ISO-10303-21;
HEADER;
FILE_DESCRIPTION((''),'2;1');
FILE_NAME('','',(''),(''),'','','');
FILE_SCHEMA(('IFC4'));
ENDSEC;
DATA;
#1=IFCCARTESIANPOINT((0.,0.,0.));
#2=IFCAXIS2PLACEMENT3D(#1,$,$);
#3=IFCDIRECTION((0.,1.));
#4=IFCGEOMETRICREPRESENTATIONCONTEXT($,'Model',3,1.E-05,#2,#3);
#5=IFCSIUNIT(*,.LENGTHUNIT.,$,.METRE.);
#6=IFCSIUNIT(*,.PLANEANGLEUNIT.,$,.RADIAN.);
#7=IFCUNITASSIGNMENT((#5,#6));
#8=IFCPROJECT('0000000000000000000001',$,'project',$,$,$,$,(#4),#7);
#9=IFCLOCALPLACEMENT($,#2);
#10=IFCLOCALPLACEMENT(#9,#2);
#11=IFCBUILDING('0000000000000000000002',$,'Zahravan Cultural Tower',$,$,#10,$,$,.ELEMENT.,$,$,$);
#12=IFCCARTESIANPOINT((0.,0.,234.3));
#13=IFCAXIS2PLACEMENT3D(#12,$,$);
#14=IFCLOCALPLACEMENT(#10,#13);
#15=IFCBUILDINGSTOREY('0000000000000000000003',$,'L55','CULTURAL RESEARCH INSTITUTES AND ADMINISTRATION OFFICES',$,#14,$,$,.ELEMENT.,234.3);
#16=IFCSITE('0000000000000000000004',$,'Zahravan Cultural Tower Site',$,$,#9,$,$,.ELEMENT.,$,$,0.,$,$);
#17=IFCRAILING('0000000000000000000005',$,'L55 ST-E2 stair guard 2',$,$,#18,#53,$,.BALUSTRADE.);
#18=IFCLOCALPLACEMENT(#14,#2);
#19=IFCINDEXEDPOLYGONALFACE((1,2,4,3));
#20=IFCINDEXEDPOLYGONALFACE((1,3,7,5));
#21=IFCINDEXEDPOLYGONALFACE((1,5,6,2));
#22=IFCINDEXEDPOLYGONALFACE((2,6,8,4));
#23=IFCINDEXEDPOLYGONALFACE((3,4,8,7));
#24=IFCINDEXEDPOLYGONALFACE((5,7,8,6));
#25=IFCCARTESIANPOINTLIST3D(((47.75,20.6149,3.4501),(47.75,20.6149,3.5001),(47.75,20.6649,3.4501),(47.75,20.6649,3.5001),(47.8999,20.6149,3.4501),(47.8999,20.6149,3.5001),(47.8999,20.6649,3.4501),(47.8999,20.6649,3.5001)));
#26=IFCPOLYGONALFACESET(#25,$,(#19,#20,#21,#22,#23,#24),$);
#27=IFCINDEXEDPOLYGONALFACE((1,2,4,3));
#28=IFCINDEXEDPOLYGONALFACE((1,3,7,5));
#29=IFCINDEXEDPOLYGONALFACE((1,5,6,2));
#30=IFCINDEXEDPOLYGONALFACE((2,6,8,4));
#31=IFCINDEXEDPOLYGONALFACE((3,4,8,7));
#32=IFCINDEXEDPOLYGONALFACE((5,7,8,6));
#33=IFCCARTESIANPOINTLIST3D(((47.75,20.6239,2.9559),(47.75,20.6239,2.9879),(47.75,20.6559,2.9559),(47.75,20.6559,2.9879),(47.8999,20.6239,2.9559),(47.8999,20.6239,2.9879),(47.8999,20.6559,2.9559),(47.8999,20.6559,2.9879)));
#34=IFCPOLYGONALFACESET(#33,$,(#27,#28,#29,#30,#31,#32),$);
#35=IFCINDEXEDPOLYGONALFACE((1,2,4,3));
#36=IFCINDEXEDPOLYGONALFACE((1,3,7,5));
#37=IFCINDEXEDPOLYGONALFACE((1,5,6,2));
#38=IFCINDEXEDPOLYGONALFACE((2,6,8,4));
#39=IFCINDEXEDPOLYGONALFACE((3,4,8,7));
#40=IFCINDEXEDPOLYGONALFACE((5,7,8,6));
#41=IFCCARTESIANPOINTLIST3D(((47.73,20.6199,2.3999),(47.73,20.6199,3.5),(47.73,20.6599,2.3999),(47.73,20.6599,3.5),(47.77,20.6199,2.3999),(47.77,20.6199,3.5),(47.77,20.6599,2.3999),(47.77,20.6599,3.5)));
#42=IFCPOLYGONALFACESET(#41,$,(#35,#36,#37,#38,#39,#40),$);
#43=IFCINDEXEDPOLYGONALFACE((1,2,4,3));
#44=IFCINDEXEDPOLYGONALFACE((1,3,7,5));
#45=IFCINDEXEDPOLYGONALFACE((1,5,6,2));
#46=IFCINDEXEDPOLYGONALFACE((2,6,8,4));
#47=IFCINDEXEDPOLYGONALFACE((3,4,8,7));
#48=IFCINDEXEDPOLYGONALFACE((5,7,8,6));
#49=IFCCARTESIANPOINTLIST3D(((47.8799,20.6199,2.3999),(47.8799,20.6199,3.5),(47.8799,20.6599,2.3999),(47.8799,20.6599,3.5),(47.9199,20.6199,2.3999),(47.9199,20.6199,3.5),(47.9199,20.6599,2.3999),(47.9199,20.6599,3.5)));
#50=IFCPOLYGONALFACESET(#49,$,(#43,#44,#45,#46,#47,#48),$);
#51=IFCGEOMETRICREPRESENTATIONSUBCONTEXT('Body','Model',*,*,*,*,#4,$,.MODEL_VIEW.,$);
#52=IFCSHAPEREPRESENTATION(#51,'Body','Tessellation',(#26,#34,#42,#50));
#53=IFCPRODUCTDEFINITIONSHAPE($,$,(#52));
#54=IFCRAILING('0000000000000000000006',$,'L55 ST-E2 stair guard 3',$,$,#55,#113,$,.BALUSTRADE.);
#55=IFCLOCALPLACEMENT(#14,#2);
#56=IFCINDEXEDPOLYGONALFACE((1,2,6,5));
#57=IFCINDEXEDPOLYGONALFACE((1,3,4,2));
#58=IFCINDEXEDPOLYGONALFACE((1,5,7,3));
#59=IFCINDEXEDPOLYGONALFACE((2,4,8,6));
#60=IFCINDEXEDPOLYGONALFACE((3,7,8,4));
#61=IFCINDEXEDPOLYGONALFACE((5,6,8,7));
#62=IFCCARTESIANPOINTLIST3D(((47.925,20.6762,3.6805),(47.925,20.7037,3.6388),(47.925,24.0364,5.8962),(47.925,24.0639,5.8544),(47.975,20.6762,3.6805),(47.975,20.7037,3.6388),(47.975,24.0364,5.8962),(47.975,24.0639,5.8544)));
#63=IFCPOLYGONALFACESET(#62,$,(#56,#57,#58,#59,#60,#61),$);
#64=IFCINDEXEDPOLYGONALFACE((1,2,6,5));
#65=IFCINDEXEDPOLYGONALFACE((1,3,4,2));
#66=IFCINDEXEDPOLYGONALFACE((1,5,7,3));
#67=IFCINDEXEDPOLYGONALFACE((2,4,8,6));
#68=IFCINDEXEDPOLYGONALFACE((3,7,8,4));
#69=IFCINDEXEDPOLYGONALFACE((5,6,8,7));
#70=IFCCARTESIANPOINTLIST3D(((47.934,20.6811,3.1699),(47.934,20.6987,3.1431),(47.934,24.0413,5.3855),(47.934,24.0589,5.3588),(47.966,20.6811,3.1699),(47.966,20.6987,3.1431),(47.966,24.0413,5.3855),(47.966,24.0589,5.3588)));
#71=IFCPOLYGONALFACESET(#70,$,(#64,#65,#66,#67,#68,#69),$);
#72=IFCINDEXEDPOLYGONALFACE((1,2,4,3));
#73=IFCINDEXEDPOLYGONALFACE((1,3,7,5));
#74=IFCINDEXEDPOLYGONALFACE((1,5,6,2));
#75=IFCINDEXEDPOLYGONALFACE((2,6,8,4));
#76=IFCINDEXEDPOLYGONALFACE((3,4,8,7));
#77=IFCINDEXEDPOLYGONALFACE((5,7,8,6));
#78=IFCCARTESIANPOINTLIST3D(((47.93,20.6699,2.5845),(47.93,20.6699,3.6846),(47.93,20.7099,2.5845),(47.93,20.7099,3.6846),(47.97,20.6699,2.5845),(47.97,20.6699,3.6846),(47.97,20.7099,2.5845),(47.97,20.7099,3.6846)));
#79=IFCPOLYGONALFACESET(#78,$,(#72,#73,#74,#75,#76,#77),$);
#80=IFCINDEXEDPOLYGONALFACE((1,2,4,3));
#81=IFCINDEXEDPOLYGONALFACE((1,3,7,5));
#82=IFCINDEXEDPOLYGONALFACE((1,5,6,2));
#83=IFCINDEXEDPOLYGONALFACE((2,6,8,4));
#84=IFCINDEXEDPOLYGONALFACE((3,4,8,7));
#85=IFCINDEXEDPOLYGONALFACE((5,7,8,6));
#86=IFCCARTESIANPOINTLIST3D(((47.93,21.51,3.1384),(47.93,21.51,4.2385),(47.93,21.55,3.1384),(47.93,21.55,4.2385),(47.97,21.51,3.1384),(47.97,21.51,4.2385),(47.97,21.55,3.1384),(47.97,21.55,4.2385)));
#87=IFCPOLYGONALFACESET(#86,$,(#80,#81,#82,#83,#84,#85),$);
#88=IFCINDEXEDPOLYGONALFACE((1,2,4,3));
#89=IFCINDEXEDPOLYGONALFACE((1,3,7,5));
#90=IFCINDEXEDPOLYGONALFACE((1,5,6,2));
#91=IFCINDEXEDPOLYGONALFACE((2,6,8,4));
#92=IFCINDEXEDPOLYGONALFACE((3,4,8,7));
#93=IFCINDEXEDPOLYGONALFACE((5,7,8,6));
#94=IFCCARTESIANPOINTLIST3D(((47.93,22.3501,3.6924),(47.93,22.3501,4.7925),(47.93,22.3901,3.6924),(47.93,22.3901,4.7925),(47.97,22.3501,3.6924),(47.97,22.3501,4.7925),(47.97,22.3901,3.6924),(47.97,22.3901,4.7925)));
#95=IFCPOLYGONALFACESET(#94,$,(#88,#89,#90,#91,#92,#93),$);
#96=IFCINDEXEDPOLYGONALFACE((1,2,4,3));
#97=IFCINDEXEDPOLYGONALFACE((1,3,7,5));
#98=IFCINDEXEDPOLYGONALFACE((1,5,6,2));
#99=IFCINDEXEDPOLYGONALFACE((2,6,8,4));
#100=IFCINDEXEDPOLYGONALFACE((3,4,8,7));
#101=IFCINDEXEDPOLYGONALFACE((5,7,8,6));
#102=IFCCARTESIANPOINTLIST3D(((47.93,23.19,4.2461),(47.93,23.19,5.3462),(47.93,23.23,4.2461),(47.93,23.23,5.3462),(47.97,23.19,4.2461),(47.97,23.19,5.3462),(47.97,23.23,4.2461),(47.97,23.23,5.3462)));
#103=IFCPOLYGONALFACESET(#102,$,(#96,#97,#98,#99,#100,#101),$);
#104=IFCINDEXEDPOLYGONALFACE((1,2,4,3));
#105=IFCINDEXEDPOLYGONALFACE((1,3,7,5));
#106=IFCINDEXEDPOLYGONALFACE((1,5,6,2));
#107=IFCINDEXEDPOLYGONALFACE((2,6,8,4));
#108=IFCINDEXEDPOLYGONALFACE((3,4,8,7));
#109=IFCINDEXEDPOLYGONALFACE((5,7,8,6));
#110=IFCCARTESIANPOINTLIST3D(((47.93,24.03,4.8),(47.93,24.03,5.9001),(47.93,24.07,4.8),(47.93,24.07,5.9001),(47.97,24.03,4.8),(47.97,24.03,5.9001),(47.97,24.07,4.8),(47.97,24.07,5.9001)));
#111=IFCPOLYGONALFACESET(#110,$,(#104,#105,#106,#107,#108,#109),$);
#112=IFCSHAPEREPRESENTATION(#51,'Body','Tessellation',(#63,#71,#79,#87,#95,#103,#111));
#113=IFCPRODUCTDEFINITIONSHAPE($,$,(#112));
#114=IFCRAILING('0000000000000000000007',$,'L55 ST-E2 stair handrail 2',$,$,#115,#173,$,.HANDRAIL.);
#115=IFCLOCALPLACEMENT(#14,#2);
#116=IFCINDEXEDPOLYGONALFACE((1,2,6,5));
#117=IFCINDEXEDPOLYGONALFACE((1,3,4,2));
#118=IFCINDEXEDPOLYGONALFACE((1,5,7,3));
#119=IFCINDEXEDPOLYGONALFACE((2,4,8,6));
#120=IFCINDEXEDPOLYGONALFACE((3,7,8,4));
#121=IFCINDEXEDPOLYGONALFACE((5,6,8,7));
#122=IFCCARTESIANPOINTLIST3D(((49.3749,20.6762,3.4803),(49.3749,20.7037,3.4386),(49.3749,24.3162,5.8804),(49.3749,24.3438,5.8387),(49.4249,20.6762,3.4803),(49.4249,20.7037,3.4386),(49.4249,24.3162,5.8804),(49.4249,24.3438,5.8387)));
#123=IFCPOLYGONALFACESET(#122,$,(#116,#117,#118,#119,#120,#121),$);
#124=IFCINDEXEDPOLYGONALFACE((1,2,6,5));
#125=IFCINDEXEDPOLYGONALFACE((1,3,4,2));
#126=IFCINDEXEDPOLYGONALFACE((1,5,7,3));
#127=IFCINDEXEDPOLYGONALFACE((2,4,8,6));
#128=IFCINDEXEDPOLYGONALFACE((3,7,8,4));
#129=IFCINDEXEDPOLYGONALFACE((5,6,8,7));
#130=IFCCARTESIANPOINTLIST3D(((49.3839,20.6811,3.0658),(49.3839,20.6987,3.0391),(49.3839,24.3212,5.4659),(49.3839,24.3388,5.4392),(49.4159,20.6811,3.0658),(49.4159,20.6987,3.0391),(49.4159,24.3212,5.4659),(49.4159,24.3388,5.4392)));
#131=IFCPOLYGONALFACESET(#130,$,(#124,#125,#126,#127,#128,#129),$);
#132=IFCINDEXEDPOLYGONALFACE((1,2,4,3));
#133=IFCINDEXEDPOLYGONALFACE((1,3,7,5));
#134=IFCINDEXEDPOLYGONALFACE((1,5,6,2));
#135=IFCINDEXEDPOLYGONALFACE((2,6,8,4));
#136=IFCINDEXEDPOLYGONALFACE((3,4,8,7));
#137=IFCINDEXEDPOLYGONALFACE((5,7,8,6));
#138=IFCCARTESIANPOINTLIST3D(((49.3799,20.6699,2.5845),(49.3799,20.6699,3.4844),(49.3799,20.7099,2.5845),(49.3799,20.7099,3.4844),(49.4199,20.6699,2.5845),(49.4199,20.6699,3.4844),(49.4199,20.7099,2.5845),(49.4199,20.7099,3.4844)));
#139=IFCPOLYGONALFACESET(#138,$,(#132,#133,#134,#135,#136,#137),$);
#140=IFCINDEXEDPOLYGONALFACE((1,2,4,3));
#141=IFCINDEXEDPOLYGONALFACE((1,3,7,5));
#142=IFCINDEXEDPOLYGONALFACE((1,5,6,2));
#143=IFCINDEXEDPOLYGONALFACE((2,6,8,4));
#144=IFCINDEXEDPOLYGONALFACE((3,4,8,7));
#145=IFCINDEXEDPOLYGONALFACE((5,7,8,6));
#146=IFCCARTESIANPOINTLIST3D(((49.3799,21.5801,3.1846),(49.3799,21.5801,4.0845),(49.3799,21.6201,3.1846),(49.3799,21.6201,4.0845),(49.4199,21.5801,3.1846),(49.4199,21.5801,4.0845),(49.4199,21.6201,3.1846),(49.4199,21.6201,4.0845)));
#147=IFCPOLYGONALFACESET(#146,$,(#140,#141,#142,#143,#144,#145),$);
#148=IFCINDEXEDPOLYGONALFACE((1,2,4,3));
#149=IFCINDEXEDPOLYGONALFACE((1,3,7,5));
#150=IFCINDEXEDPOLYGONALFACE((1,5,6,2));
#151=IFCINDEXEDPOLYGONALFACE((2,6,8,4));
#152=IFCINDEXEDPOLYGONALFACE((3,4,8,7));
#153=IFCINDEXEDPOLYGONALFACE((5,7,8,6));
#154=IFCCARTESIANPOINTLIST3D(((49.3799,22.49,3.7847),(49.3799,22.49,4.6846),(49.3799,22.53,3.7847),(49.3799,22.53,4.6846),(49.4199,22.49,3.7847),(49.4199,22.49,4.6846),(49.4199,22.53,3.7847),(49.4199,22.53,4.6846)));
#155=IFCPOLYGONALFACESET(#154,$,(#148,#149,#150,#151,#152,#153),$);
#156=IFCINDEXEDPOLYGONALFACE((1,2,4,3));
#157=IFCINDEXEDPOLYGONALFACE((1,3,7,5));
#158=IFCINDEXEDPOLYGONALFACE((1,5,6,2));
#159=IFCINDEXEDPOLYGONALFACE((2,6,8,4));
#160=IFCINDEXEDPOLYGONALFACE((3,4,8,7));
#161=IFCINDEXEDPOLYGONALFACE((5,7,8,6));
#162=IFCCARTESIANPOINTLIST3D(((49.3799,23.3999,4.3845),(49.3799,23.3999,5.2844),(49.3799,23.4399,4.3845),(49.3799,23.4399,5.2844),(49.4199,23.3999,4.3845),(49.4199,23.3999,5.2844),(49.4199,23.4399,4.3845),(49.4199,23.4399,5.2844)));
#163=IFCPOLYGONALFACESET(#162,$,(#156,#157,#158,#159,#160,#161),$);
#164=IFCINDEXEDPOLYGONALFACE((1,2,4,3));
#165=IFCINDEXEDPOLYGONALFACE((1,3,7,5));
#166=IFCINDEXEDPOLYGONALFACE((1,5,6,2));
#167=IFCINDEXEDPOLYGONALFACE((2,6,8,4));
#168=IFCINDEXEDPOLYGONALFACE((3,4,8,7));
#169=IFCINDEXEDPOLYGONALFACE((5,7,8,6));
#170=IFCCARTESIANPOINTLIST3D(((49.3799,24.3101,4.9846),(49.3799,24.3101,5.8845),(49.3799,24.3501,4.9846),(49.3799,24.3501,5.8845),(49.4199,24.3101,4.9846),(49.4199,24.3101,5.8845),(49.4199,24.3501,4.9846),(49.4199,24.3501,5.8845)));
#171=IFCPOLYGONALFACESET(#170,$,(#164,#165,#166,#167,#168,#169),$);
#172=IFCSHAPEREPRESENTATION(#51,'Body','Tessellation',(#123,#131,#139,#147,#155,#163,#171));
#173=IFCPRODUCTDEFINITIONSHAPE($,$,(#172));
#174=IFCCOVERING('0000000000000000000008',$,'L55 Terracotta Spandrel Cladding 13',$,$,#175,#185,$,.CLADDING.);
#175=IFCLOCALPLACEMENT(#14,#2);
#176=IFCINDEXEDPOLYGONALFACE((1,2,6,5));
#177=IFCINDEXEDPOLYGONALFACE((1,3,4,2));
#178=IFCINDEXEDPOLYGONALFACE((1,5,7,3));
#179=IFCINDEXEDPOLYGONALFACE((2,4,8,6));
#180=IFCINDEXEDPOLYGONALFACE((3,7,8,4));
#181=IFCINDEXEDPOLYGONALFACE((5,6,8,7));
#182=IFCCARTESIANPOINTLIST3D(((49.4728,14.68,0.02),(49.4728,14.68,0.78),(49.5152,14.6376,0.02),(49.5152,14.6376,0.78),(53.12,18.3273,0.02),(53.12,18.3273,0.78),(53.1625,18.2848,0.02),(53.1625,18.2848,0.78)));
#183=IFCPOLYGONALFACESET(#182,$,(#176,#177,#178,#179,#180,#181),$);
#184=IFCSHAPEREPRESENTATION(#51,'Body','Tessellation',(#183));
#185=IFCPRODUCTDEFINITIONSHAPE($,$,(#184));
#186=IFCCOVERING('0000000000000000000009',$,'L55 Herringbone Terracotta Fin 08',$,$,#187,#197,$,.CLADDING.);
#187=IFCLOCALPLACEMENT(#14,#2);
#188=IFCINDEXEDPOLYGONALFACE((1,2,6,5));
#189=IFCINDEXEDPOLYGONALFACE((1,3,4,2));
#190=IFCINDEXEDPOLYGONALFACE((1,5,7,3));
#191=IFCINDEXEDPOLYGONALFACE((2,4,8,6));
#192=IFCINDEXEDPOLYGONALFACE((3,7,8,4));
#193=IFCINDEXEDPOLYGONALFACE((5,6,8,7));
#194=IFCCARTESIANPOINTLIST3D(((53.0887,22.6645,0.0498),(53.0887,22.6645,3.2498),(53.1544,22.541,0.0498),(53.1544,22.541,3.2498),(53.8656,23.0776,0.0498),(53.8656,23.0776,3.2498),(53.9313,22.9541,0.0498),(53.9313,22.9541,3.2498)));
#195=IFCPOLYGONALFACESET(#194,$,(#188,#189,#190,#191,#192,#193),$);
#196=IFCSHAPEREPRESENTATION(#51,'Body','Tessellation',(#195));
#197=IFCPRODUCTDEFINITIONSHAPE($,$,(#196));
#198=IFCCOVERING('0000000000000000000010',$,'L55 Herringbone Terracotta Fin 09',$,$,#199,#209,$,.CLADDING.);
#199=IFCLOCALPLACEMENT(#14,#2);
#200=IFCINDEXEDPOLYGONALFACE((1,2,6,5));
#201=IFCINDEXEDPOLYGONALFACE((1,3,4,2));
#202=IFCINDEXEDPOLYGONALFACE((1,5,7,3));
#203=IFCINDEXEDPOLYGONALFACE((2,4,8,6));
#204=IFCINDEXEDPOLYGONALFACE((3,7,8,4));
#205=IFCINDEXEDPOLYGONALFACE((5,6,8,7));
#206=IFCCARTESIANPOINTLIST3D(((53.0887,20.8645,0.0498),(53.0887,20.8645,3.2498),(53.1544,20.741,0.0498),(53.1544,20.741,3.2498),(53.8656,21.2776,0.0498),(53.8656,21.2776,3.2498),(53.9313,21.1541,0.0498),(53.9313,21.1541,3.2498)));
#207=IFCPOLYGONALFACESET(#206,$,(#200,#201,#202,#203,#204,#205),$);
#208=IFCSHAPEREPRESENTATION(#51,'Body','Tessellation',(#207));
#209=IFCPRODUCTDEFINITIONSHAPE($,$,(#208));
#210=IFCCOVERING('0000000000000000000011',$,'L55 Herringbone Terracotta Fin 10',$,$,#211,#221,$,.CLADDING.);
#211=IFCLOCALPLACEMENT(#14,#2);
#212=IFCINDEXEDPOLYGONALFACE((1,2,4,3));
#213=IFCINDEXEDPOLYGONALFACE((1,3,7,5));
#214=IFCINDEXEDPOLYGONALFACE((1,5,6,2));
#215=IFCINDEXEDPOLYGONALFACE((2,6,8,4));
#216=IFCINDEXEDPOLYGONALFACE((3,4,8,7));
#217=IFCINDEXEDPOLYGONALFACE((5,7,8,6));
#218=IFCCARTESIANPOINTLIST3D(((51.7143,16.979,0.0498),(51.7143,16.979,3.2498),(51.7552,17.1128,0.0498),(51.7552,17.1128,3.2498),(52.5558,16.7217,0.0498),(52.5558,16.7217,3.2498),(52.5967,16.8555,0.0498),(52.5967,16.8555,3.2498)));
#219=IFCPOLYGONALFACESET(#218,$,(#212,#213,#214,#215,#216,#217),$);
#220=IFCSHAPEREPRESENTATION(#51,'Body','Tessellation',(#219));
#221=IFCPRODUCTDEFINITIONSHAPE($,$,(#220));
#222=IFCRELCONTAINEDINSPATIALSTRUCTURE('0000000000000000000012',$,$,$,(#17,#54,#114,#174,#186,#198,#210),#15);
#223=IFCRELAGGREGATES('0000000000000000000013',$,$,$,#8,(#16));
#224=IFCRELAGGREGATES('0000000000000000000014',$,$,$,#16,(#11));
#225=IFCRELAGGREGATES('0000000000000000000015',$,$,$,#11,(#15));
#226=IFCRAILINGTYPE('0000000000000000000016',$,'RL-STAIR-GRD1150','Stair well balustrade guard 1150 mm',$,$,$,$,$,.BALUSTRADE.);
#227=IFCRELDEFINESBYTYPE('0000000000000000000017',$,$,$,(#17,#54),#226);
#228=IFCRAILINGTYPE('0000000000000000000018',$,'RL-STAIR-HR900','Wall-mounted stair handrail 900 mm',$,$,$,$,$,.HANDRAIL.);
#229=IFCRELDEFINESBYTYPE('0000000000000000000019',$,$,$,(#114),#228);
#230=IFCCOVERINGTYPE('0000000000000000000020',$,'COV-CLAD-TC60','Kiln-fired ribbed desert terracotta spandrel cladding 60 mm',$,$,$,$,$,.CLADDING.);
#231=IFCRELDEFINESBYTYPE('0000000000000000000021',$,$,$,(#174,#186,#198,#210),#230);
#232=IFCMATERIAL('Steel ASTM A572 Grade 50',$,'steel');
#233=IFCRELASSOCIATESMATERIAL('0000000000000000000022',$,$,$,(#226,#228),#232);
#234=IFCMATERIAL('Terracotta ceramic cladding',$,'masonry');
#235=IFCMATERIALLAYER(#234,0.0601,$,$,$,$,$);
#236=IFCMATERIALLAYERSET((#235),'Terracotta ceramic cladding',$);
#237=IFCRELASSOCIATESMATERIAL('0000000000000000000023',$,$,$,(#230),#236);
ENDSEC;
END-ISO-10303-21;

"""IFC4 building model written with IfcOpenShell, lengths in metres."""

from ifc_helpers import new_model, si_unit, direction, frame, origin, origin_2d, place, context, subcontext, project, spatial, rectangle, extrude, source, transform, mapped, material, layer, layer_set, type_object, element, save


model = new_model("IFC4")

# Units and contexts
model_context = context("Model", 3, precision=1e-05, world=origin(), true_north=direction((0.0, 1.0)))
body_context = subcontext(model_context, "Body", "Model", "MODEL_VIEW")
ifc_project = project(units=[si_unit("LENGTHUNIT", "METRE"), si_unit("PLANEANGLEUNIT", "RADIAN")], contexts=[model_context])

# Site, building, storey
site_placement = place(None, origin())
site = spatial("IfcSite", under=ifc_project, at=site_placement, Name="Zahravan Cultural Tower Site", CompositionType="ELEMENT", RefElevation=0.0)
building_placement = place(site_placement, origin())
building = spatial("IfcBuilding", under=site, at=building_placement, Name="Zahravan Cultural Tower", CompositionType="ELEMENT")
storey_placement = place(building_placement, frame((0.0, 0.0, 234.3)))
storey = spatial("IfcBuildingStorey", under=building, at=storey_placement, Name="L55", Description="CULTURAL RESEARCH INSTITUTES AND ADMINISTRATION OFFICES", CompositionType="ELEMENT", Elevation=234.3)

# Shared definitions
ifc_material_1 = material(Name="Steel ASTM A572 Grade 50", Category="steel")

# Railings
railing_type_1 = type_object("IfcRailingType", Name="RL-STAIR-GRD1150", Description="Stair well balustrade guard 1150 mm", PredefinedType="BALUSTRADE", material=ifc_material_1)
railing_1_placement = place(storey_placement, frame((47.75, 20.6399, 2.3999)))
element("IfcRailing", 1, at=railing_1_placement, inside=storey, type_object=railing_type_1, Name="L55 ST-E2 stair guard 2", PredefinedType="BALUSTRADE", context=body_context, shape_type="SweptSolid", body=[
    extrude(rectangle(XDim=0.05, YDim=0.05, at=origin_2d()), frame((0.0, 0.0, 1.0752), z_axis=(1.0, 0.0, 0.0), x_axis=(0.0, 1.0, 0.0)), (0.0, 0.0, 1.0), 0.1499),
    extrude(rectangle(XDim=0.032, YDim=0.032, at=origin_2d()), frame((0.0, 0.0, 0.572), z_axis=(1.0, 0.0, 0.0), x_axis=(0.0, 1.0, 0.0)), (0.0, 0.0, 1.0), 0.1499),
    extrude(rectangle(XDim=0.04, YDim=0.04, at=origin_2d()), origin(), (0.0, 0.0, 1.0), 1.1001),
    extrude(rectangle(XDim=0.04, YDim=0.04, at=origin_2d()), frame((0.1499, 0.0, 0.0)), (0.0, 0.0, 1.0), 1.1001),
])
railing_2_placement = place(storey_placement, frame((47.95, 20.6899, 2.5845)))
element("IfcRailing", 2, at=railing_2_placement, inside=storey, type_object=railing_type_1, Name="L55 ST-E2 stair guard 3", PredefinedType="BALUSTRADE", context=body_context, shape_type="SweptSolid", body=[
    extrude(rectangle(XDim=0.05, YDim=0.05, at=origin_2d()), frame((0.0, 0.0, 1.0752), z_axis=(0.0, 0.834849, 0.55048), x_axis=(-1.0, 0.0, 0.0)), (0.0, 0.0, 1.0), 4.0249),
    extrude(rectangle(XDim=0.032, YDim=0.032, at=origin_2d()), frame((0.0, 0.0, 0.572), z_axis=(0.0, 0.834849, 0.55048), x_axis=(-1.0, 0.0, 0.0)), (0.0, 0.0, 1.0), 4.0249),
    extrude(rectangle(XDim=0.04, YDim=0.04, at=origin_2d()), origin(), (0.0, 0.0, 1.0), 1.1001),
    extrude(rectangle(XDim=0.04, YDim=0.04, at=origin_2d()), frame((0.0, 0.8401, 0.554)), (0.0, 0.0, 1.0), 1.1001),
    extrude(rectangle(XDim=0.04, YDim=0.04, at=origin_2d()), frame((0.0, 1.6802, 1.1079)), (0.0, 0.0, 1.0), 1.1001),
    extrude(rectangle(XDim=0.04, YDim=0.04, at=origin_2d()), frame((0.0, 2.52, 1.6616)), (0.0, 0.0, 1.0), 1.1001),
    extrude(rectangle(XDim=0.04, YDim=0.04, at=origin_2d()), frame((0.0, 3.3601, 2.2156)), (0.0, 0.0, 1.0), 1.1001),
])
railing_type_2 = type_object("IfcRailingType", Name="RL-STAIR-HR900", Description="Wall-mounted stair handrail 900 mm", PredefinedType="HANDRAIL", material=ifc_material_1)
railing_3_placement = place(storey_placement, frame((49.3999, 20.6899, 2.5845)))
element("IfcRailing", 3, at=railing_3_placement, inside=storey, type_object=railing_type_2, Name="L55 ST-E2 stair handrail 2", PredefinedType="HANDRAIL", context=body_context, shape_type="SweptSolid", body=[
    extrude(rectangle(XDim=0.05, YDim=0.05, at=origin_2d()), frame((0.0, 0.0, 0.875), z_axis=(0.0, 0.834856, 0.550468), x_axis=(-1.0, 0.0, 0.0)), (0.0, 0.0, 1.0), 4.3601),
    extrude(rectangle(XDim=0.032, YDim=0.032, at=origin_2d()), frame((0.0, 0.0, 0.468), z_axis=(0.0, 0.834856, 0.550468), x_axis=(-1.0, 0.0, 0.0)), (0.0, 0.0, 1.0), 4.3601),
    extrude(rectangle(XDim=0.04, YDim=0.04, at=origin_2d()), origin(), (0.0, 0.0, 1.0), 0.8999),
    extrude(rectangle(XDim=0.04, YDim=0.04, at=origin_2d()), frame((0.0, 0.9102, 0.6001)), (0.0, 0.0, 1.0), 0.8999),
    extrude(rectangle(XDim=0.04, YDim=0.04, at=origin_2d()), frame((0.0, 1.8201, 1.2002)), (0.0, 0.0, 1.0), 0.8999),
    extrude(rectangle(XDim=0.04, YDim=0.04, at=origin_2d()), frame((0.0, 2.73, 1.8)), (0.0, 0.0, 1.0), 0.8999),
    extrude(rectangle(XDim=0.04, YDim=0.04, at=origin_2d()), frame((0.0, 3.6401, 2.4001)), (0.0, 0.0, 1.0), 0.8999),
])

# Coverings
ifc_material_2 = material(Name="Terracotta ceramic cladding", Category="masonry")
ifc_layer_1 = layer(ifc_material_2, 0.0601)
ifc_layer_set_1 = layer_set([ifc_layer_1], Name="Terracotta ceramic cladding")
covering_type = type_object("IfcCoveringType", Name="COV-CLAD-TC60", Description="Kiln-fired ribbed desert terracotta spandrel cladding 60 mm", PredefinedType="CLADDING", material=ifc_layer_set_1)
shared_shape_1 = source(origin(), body_context, "Body", "SweptSolid", [
    extrude(rectangle(XDim=5.158, YDim=0.0601, at=origin_2d()), origin(), (0.0, 0.0, 1.0), 0.76),
])
covering_1_placement = place(storey_placement, frame((51.3176, 16.4824, 0.02), z_axis=(0.0, 0.0, 1.0), x_axis=(-0.707107, -0.707107, 0.0)))
element("IfcCovering", 4, at=covering_1_placement, inside=storey, type_object=covering_type, Name="L55 Terracotta Spandrel Cladding 13", PredefinedType="CLADDING", context=body_context, shape_type="MappedRepresentation", body=[
    mapped(shared_shape_1, transform((0.0, 0.0, 0.0), x_axis=(1.0, 0.0, 0.0), y_axis=(0.0, 1.0, 0.0), z_axis=(0.0, 0.0, 1.0), scale=1.0)),
])
shared_shape_2 = source(origin(), body_context, "Body", "SweptSolid", [
    extrude(rectangle(XDim=0.8799, YDim=0.1399, at=origin_2d()), origin(), (0.0, 0.0, 1.0), 3.2),
])
for number, where, z_axis, x_axis, name in (
    (5, (53.51, 22.8093, 0.0498), (0.0, 0.0, 1.0), (0.882948, 0.469472, 0.0), "L55 Herringbone Terracotta Fin 08"),
    (6, (53.51, 21.0093, 0.0498), (0.0, 0.0, 1.0), (0.882948, 0.469472, 0.0), "L55 Herringbone Terracotta Fin 09"),
    (7, (52.1555, 16.9172, 0.0498), (0.0, 0.0, 1.0), (0.956305, -0.292372, 0.0), "L55 Herringbone Terracotta Fin 10"),
):
    element("IfcCovering", number, at=place(storey_placement, frame(where, z_axis=z_axis, x_axis=x_axis)), inside=storey, type_object=covering_type, Name=name, PredefinedType="CLADDING", context=body_context, shape_type="MappedRepresentation", body=[
        mapped(shared_shape_2, transform((0.0, 0.0, 0.0), x_axis=(1.0, 0.0, 0.0), y_axis=(0.0, 1.0, 0.0), z_axis=(0.0, 0.0, 1.0), scale=1.0)),
    ])

save(model, "model.ifc")
